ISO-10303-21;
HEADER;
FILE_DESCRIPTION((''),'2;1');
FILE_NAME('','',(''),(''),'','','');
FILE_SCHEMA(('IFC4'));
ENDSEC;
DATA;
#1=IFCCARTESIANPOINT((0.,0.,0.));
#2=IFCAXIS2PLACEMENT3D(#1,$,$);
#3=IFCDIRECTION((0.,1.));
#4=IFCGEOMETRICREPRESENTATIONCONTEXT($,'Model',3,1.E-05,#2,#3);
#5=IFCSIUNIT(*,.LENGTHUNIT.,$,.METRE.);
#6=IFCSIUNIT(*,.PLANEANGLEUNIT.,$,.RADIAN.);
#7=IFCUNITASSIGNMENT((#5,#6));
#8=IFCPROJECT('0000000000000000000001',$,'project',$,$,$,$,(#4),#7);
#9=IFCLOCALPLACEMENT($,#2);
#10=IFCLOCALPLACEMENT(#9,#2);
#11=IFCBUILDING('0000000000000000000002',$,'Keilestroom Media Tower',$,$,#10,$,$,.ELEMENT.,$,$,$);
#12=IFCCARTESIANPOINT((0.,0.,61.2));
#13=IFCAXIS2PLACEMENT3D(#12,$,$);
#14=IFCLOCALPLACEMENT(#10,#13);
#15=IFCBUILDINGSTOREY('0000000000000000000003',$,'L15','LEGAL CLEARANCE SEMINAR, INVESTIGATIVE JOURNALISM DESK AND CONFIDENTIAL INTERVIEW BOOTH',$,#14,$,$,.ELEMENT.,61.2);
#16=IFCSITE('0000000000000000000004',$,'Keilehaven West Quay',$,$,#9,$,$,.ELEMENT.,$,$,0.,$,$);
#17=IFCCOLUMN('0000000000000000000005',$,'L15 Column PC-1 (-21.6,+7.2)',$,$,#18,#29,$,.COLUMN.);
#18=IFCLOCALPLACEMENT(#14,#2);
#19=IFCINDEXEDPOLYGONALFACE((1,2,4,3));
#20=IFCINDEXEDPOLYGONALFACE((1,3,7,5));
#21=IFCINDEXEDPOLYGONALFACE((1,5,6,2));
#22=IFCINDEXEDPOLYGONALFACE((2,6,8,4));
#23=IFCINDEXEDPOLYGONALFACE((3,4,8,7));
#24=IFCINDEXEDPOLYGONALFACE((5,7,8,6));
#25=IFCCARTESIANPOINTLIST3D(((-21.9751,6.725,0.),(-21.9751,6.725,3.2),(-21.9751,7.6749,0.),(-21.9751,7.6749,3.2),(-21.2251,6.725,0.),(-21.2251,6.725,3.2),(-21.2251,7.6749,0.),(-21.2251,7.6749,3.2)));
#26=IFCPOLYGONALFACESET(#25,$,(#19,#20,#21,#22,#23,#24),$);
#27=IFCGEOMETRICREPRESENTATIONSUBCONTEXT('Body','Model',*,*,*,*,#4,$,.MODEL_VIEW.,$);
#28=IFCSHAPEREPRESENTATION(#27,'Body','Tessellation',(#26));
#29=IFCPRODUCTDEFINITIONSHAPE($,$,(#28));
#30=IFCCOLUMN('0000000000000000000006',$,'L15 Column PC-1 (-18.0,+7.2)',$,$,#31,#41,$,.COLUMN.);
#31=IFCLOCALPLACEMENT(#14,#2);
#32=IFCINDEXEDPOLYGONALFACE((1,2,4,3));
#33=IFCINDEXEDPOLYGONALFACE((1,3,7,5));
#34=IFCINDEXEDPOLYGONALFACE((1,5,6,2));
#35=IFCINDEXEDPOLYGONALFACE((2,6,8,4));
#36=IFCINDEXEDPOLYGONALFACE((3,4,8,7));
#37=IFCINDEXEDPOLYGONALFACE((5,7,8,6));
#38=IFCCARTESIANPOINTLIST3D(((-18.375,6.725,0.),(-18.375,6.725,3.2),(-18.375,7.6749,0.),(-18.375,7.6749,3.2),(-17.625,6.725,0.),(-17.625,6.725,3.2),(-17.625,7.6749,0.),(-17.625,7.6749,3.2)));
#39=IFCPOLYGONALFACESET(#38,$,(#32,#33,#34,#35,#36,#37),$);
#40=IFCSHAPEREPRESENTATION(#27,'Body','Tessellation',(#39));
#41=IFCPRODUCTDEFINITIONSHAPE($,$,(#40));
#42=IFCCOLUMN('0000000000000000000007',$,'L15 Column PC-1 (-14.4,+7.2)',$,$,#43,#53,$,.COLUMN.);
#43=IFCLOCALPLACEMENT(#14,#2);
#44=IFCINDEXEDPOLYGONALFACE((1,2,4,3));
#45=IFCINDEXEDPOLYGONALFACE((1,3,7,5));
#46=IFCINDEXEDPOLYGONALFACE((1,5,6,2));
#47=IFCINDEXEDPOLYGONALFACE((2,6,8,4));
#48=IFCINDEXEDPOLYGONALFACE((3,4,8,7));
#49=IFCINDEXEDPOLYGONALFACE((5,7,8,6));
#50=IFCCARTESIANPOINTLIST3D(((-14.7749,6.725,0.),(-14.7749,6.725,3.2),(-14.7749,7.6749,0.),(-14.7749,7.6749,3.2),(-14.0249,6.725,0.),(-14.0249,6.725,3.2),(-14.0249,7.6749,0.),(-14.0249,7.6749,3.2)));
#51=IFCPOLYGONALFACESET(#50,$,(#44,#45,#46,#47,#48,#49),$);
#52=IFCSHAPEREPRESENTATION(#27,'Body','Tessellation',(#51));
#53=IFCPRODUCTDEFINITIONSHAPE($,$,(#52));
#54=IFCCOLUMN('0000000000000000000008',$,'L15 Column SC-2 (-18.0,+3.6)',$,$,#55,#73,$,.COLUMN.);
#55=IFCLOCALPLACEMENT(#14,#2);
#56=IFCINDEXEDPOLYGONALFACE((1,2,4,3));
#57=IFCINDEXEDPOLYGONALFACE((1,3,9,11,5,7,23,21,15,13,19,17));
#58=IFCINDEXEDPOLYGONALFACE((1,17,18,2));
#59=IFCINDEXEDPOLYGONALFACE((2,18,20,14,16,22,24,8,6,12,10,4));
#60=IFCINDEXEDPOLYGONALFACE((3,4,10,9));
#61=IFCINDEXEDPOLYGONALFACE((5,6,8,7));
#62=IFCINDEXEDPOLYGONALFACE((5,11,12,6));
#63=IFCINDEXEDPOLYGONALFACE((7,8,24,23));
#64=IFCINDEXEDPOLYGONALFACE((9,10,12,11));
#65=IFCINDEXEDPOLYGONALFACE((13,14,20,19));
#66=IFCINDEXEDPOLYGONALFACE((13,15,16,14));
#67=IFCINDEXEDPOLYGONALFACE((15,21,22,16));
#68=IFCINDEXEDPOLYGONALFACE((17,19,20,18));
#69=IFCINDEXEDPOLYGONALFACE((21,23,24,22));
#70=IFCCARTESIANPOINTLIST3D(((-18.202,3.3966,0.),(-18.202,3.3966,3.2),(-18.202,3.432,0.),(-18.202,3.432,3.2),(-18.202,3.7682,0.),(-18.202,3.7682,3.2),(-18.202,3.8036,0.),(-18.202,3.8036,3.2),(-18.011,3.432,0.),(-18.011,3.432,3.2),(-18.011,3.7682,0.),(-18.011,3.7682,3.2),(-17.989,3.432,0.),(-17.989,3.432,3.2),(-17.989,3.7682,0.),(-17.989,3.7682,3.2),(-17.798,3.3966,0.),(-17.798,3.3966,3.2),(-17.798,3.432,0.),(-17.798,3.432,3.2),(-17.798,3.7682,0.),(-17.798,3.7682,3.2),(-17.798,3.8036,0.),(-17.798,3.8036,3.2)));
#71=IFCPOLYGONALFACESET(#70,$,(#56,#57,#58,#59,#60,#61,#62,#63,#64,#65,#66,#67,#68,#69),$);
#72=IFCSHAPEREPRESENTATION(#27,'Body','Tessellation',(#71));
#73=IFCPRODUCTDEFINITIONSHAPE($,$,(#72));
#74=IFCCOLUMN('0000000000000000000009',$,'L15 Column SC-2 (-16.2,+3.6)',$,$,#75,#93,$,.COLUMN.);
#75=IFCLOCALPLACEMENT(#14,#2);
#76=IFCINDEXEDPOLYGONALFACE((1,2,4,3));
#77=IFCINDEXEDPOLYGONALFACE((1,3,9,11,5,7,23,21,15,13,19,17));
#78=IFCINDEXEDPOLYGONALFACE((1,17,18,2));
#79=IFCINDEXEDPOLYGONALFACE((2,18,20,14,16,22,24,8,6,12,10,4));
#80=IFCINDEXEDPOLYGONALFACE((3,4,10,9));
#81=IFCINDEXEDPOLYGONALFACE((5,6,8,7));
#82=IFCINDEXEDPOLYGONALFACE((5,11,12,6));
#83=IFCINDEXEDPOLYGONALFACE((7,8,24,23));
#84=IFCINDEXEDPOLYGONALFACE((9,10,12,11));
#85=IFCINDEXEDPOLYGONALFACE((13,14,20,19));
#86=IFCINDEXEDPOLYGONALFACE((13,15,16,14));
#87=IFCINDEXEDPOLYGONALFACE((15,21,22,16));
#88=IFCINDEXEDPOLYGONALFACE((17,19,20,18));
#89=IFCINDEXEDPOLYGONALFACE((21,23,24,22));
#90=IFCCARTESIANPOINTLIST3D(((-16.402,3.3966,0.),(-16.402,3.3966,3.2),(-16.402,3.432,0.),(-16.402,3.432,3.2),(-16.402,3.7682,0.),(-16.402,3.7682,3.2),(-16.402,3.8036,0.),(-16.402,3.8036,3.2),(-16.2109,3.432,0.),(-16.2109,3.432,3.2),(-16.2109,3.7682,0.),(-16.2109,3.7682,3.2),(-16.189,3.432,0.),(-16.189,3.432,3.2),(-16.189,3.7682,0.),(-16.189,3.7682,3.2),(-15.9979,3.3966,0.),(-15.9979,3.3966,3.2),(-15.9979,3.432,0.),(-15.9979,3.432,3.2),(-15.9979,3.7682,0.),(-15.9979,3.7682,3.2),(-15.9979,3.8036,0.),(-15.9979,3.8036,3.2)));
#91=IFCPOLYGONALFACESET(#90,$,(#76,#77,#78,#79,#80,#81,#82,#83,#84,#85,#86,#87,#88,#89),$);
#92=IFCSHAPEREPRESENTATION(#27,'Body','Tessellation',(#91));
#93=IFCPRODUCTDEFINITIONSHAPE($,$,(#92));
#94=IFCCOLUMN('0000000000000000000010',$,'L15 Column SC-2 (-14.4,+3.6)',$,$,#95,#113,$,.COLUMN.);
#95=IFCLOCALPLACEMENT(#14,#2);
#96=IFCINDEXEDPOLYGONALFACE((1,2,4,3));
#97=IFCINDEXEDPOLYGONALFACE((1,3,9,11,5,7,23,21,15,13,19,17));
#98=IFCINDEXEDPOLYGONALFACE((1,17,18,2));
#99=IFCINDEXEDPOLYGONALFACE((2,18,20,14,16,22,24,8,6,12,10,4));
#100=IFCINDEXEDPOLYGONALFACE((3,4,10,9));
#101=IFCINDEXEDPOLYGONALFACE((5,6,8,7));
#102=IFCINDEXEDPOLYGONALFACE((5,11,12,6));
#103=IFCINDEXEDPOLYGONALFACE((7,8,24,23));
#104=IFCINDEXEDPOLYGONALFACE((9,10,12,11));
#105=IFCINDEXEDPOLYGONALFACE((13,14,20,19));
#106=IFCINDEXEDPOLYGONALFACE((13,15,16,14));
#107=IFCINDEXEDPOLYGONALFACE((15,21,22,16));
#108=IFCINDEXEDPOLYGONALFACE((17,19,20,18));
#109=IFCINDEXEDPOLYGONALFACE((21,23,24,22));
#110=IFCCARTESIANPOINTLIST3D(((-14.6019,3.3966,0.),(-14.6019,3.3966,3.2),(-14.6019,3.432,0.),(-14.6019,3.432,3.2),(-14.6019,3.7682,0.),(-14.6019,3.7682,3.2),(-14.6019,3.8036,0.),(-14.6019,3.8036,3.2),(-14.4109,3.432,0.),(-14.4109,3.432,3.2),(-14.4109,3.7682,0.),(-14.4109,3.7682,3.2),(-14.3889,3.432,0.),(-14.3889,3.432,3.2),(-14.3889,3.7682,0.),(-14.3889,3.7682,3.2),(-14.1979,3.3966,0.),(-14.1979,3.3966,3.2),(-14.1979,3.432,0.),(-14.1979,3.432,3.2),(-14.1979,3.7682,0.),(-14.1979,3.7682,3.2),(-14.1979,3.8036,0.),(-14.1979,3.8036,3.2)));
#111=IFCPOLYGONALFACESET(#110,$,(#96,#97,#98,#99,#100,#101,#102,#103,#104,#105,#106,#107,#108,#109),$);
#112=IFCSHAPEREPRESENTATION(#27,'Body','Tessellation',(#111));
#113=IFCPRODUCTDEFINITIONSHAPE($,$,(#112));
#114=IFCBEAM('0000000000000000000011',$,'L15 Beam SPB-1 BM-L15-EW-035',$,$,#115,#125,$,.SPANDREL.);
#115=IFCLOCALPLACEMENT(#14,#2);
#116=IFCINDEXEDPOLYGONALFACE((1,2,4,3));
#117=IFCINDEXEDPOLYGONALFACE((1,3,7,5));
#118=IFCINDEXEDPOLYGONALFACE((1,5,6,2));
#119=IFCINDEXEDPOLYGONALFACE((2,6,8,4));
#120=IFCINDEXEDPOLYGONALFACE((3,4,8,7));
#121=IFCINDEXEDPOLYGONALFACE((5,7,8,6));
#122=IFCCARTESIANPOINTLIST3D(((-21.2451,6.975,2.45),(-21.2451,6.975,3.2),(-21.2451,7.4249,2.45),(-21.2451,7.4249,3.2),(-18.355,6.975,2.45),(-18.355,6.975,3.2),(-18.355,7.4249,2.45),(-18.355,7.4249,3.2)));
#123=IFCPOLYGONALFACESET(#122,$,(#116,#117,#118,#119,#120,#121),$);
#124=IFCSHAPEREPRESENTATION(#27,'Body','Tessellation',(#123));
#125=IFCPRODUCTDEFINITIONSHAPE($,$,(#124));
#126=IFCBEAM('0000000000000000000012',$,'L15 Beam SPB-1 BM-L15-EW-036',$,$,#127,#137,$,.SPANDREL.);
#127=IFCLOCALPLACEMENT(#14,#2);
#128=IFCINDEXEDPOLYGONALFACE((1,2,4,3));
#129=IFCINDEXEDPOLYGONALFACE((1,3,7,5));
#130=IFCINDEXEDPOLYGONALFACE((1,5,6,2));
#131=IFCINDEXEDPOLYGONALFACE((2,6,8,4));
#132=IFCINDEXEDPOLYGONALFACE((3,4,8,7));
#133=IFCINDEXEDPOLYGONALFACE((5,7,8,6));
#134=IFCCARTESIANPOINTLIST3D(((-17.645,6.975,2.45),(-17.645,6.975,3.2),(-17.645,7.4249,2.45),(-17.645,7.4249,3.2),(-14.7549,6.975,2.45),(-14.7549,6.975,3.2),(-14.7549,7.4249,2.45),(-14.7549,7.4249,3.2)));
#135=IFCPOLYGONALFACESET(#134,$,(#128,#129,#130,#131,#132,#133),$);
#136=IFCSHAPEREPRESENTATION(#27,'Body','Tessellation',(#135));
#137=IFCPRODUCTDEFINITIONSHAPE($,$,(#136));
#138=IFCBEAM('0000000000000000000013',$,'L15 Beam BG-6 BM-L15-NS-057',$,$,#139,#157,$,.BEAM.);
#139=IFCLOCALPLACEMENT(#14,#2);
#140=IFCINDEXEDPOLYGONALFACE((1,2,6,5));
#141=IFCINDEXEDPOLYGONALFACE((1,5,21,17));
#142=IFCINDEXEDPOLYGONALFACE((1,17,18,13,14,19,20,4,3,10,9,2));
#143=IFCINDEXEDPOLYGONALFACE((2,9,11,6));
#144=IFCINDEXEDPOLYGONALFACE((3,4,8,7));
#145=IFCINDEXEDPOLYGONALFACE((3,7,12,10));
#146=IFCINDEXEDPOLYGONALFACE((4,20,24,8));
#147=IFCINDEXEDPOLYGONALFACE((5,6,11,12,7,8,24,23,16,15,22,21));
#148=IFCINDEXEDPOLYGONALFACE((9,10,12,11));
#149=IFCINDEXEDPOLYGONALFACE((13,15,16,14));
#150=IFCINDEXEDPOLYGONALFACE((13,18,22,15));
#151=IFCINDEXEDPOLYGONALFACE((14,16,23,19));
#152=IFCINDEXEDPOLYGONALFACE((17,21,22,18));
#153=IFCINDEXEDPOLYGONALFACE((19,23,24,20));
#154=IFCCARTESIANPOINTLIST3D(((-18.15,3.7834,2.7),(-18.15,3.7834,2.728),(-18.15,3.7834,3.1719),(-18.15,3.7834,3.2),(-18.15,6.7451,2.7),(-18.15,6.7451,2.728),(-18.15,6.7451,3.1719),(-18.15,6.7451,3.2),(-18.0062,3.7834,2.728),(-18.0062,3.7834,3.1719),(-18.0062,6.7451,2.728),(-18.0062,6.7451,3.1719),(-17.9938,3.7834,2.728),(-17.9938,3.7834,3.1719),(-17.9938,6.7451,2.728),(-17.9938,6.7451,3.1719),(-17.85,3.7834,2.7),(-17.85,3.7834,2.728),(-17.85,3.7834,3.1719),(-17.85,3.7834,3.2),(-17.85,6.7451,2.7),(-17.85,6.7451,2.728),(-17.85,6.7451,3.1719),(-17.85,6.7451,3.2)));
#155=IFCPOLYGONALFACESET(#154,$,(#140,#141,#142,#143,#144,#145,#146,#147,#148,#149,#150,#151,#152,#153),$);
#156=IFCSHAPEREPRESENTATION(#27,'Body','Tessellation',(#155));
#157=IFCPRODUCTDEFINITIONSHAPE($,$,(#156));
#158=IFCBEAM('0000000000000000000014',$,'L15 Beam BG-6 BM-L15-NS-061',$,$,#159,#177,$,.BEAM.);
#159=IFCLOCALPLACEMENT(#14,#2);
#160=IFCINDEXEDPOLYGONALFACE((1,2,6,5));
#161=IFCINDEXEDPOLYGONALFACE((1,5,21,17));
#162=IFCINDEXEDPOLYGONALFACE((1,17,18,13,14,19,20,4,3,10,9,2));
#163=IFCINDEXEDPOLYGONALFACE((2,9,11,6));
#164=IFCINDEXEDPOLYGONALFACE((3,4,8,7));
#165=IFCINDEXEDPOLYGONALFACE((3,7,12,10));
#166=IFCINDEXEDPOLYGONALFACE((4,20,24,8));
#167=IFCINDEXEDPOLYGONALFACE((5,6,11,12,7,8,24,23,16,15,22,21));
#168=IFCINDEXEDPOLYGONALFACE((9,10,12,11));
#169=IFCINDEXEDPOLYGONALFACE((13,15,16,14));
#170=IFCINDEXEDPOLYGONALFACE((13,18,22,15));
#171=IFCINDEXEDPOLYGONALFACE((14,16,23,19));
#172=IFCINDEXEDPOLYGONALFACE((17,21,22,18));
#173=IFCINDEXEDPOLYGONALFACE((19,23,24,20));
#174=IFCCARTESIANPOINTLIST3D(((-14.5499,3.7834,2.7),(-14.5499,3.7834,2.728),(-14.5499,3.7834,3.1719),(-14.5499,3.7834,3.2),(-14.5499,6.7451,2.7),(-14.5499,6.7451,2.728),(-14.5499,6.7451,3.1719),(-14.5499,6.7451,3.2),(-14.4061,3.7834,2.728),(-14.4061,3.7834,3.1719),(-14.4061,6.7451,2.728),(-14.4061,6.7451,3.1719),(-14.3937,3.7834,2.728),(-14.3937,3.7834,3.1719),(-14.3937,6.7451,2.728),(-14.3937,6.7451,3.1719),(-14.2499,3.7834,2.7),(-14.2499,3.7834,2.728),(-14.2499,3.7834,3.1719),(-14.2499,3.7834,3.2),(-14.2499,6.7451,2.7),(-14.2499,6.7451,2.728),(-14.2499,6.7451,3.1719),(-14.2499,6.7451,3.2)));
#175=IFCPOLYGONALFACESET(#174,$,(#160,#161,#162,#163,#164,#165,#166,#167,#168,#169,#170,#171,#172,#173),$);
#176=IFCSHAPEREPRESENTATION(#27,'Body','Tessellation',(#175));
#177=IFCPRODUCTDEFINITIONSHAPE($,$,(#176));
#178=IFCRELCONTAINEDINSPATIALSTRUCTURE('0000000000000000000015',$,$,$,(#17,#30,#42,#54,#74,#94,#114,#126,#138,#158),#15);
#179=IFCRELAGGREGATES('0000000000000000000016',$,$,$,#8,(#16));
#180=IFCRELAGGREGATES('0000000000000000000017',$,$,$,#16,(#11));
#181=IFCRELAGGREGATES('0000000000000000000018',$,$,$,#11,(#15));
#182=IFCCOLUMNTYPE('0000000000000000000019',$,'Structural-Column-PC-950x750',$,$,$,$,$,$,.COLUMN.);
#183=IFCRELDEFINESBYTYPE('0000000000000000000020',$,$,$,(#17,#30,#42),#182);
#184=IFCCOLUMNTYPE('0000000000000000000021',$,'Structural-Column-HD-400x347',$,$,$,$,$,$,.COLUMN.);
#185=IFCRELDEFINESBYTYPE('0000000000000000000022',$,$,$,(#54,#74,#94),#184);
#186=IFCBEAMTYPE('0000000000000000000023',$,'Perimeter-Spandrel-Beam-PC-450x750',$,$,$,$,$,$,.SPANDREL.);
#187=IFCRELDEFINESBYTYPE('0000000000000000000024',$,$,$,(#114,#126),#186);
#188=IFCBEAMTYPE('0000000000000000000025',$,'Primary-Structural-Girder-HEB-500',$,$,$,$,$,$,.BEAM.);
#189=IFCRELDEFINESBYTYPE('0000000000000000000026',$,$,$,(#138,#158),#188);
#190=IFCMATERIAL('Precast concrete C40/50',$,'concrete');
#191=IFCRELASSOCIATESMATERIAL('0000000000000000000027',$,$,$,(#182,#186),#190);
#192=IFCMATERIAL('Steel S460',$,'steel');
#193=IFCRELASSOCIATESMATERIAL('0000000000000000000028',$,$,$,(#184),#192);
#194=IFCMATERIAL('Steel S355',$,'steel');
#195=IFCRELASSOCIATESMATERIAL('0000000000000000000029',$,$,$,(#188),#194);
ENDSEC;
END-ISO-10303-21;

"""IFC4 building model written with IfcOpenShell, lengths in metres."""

from ifc_helpers import new_model, si_unit, direction, frame, origin, origin_2d, place, context, subcontext, project, spatial, rectangle, i_section, extrude, source, transform, mapped, material, material_profile, profile_set, type_object, element, save


model = new_model("IFC4")

# Units and contexts
model_context = context("Model", 3, precision=1e-05, world=origin(), true_north=direction((0.0, 1.0)))
body_context = subcontext(model_context, "Body", "Model", "MODEL_VIEW")
ifc_project = project(units=[si_unit("LENGTHUNIT", "METRE"), si_unit("PLANEANGLEUNIT", "RADIAN")], contexts=[model_context])

# Site, building, storey
site_placement = place(None, origin())
site = spatial("IfcSite", under=ifc_project, at=site_placement, Name="Keilehaven West Quay", CompositionType="ELEMENT", RefElevation=0.0)
building_placement = place(site_placement, origin())
building = spatial("IfcBuilding", under=site, at=building_placement, Name="Keilestroom Media Tower", CompositionType="ELEMENT")
storey_placement = place(building_placement, frame((0.0, 0.0, 61.2)))
storey = spatial("IfcBuildingStorey", under=building, at=storey_placement, Name="L15", Description="LEGAL CLEARANCE SEMINAR, INVESTIGATIVE JOURNALISM DESK AND CONFIDENTIAL INTERVIEW BOOTH", CompositionType="ELEMENT", Elevation=61.2)

# Columns
ifc_material_1 = material(Name="Precast concrete C40/50", Category="concrete")
ifc_material_profile_1 = material_profile(ifc_material_1, rectangle(XDim=0.75, YDim=0.95, at=origin_2d()), Name="PC 950x750")
ifc_profile_set_1 = profile_set([ifc_material_profile_1], Name="Precast concrete C40/50")
column_type_1 = type_object("IfcColumnType", Name="Structural-Column-PC-950x750", PredefinedType="COLUMN", material=ifc_profile_set_1)
shared_shape_1 = source(origin(), body_context, "Body", "SweptSolid", [
    extrude(rectangle(XDim=0.75, YDim=0.95, at=origin_2d()), origin(), (0.0, 0.0, 1.0), 3.2),
])
for number, where, z_axis, x_axis, name in (
    (1, (-21.6001, 7.2, 0.0), (0.0, 0.0, 1.0), (1.0, 0.0, 0.0), "L15 Column PC-1 (-21.6,+7.2)"),
    (2, (-18.0, 7.2, 0.0), (0.0, 0.0, 1.0), (1.0, 0.0, 0.0), "L15 Column PC-1 (-18.0,+7.2)"),
    (3, (-14.3999, 7.2, 0.0), (0.0, 0.0, 1.0), (1.0, 0.0, 0.0), "L15 Column PC-1 (-14.4,+7.2)"),
):
    element("IfcColumn", number, at=place(storey_placement, frame(where, z_axis=z_axis, x_axis=x_axis)), inside=storey, type_object=column_type_1, Name=name, PredefinedType="COLUMN", context=body_context, shape_type="MappedRepresentation", body=[
        mapped(shared_shape_1, transform((0.0, 0.0, 0.0), x_axis=(1.0, 0.0, 0.0), y_axis=(0.0, 1.0, 0.0), z_axis=(0.0, 0.0, 1.0), scale=1.0)),
    ])
ifc_material_2 = material(Name="Steel S460", Category="steel")
ifc_material_profile_2 = material_profile(ifc_material_2, i_section(OverallWidth=0.4041, OverallDepth=0.407, WebThickness=0.022, FlangeThickness=0.0354, at=origin_2d()), Name="HD 400x347")
ifc_profile_set_2 = profile_set([ifc_material_profile_2], Name="Steel S460")
column_type_2 = type_object("IfcColumnType", Name="Structural-Column-HD-400x347", PredefinedType="COLUMN", material=ifc_profile_set_2)
shared_shape_2 = source(origin(), body_context, "Body", "SweptSolid", [
    extrude(i_section(OverallWidth=0.4041, OverallDepth=0.407, WebThickness=0.022, FlangeThickness=0.0354, at=origin_2d()), origin(), (0.0, 0.0, 1.0), 3.2),
])
for number, where, z_axis, x_axis, name in (
    (4, (-18.0, 3.6001, 0.0), (0.0, 0.0, 1.0), (1.0, 0.0, 0.0), "L15 Column SC-2 (-18.0,+3.6)"),
    (5, (-16.2, 3.6001, 0.0), (0.0, 0.0, 1.0), (1.0, 0.0, 0.0), "L15 Column SC-2 (-16.2,+3.6)"),
    (6, (-14.3999, 3.6001, 0.0), (0.0, 0.0, 1.0), (1.0, 0.0, 0.0), "L15 Column SC-2 (-14.4,+3.6)"),
):
    element("IfcColumn", number, at=place(storey_placement, frame(where, z_axis=z_axis, x_axis=x_axis)), inside=storey, type_object=column_type_2, Name=name, PredefinedType="COLUMN", context=body_context, shape_type="MappedRepresentation", body=[
        mapped(shared_shape_2, transform((0.0, 0.0, 0.0), x_axis=(1.0, 0.0, 0.0), y_axis=(0.0, 1.0, 0.0), z_axis=(0.0, 0.0, 1.0), scale=1.0)),
    ])

# Beams
ifc_material_profile_3 = material_profile(ifc_material_1, rectangle(XDim=0.45, YDim=0.75, at=origin_2d()), Name="PC 450x750")
ifc_profile_set_3 = profile_set([ifc_material_profile_3], Name="Precast concrete C40/50")
beam_type_1 = type_object("IfcBeamType", Name="Perimeter-Spandrel-Beam-PC-450x750", PredefinedType="SPANDREL", material=ifc_profile_set_3)
shared_shape_3 = source(origin(), body_context, "Body", "SweptSolid", [
    extrude(rectangle(XDim=0.45, YDim=0.75, at=origin_2d()), origin(), (0.0, 0.0, 1.0), 2.8901),
])
for number, where, z_axis, x_axis, name in (
    (7, (-21.2451, 7.2, 2.825), (1.0, 0.0, 0.0), (0.0, 1.0, 0.0), "L15 Beam SPB-1 BM-L15-EW-035"),
    (8, (-17.645, 7.2, 2.825), (1.0, 0.0, 0.0), (0.0, 1.0, 0.0), "L15 Beam SPB-1 BM-L15-EW-036"),
):
    element("IfcBeam", number, at=place(storey_placement, frame(where, z_axis=z_axis, x_axis=x_axis)), inside=storey, type_object=beam_type_1, Name=name, PredefinedType="SPANDREL", context=body_context, shape_type="MappedRepresentation", body=[
        mapped(shared_shape_3, transform((0.0, 0.0, 0.0), x_axis=(1.0, 0.0, 0.0), y_axis=(0.0, 1.0, 0.0), z_axis=(0.0, 0.0, 1.0), scale=1.0)),
    ])
ifc_material_3 = material(Name="Steel S355", Category="steel")
ifc_material_profile_4 = material_profile(ifc_material_3, i_section(OverallWidth=0.3, OverallDepth=0.5, WebThickness=0.0125, FlangeThickness=0.0281, at=origin_2d()), Name="HEB 500")
ifc_profile_set_4 = profile_set([ifc_material_profile_4], Name="Steel S355")
beam_type_2 = type_object("IfcBeamType", Name="Primary-Structural-Girder-HEB-500", PredefinedType="BEAM", material=ifc_profile_set_4)
shared_shape_4 = source(origin(), body_context, "Body", "SweptSolid", [
    extrude(i_section(OverallWidth=0.3, OverallDepth=0.5, WebThickness=0.0125, FlangeThickness=0.0281, at=origin_2d()), origin(), (0.0, 0.0, 1.0), 2.9617),
])
for number, where, z_axis, x_axis, name in (
    (9, (-18.0, 3.7834, 2.95), (0.0, 1.0, 0.0), (-1.0, 0.0, 0.0), "L15 Beam BG-6 BM-L15-NS-057"),
    (10, (-14.3999, 3.7834, 2.95), (0.0, 1.0, 0.0), (-1.0, 0.0, 0.0), "L15 Beam BG-6 BM-L15-NS-061"),
):
    element("IfcBeam", number, at=place(storey_placement, frame(where, z_axis=z_axis, x_axis=x_axis)), inside=storey, type_object=beam_type_2, Name=name, PredefinedType="BEAM", context=body_context, shape_type="MappedRepresentation", body=[
        mapped(shared_shape_4, transform((0.0, 0.0, 0.0), x_axis=(1.0, 0.0, 0.0), y_axis=(0.0, 1.0, 0.0), z_axis=(0.0, 0.0, 1.0), scale=1.0)),
    ])

save(model, "model.ifc")
